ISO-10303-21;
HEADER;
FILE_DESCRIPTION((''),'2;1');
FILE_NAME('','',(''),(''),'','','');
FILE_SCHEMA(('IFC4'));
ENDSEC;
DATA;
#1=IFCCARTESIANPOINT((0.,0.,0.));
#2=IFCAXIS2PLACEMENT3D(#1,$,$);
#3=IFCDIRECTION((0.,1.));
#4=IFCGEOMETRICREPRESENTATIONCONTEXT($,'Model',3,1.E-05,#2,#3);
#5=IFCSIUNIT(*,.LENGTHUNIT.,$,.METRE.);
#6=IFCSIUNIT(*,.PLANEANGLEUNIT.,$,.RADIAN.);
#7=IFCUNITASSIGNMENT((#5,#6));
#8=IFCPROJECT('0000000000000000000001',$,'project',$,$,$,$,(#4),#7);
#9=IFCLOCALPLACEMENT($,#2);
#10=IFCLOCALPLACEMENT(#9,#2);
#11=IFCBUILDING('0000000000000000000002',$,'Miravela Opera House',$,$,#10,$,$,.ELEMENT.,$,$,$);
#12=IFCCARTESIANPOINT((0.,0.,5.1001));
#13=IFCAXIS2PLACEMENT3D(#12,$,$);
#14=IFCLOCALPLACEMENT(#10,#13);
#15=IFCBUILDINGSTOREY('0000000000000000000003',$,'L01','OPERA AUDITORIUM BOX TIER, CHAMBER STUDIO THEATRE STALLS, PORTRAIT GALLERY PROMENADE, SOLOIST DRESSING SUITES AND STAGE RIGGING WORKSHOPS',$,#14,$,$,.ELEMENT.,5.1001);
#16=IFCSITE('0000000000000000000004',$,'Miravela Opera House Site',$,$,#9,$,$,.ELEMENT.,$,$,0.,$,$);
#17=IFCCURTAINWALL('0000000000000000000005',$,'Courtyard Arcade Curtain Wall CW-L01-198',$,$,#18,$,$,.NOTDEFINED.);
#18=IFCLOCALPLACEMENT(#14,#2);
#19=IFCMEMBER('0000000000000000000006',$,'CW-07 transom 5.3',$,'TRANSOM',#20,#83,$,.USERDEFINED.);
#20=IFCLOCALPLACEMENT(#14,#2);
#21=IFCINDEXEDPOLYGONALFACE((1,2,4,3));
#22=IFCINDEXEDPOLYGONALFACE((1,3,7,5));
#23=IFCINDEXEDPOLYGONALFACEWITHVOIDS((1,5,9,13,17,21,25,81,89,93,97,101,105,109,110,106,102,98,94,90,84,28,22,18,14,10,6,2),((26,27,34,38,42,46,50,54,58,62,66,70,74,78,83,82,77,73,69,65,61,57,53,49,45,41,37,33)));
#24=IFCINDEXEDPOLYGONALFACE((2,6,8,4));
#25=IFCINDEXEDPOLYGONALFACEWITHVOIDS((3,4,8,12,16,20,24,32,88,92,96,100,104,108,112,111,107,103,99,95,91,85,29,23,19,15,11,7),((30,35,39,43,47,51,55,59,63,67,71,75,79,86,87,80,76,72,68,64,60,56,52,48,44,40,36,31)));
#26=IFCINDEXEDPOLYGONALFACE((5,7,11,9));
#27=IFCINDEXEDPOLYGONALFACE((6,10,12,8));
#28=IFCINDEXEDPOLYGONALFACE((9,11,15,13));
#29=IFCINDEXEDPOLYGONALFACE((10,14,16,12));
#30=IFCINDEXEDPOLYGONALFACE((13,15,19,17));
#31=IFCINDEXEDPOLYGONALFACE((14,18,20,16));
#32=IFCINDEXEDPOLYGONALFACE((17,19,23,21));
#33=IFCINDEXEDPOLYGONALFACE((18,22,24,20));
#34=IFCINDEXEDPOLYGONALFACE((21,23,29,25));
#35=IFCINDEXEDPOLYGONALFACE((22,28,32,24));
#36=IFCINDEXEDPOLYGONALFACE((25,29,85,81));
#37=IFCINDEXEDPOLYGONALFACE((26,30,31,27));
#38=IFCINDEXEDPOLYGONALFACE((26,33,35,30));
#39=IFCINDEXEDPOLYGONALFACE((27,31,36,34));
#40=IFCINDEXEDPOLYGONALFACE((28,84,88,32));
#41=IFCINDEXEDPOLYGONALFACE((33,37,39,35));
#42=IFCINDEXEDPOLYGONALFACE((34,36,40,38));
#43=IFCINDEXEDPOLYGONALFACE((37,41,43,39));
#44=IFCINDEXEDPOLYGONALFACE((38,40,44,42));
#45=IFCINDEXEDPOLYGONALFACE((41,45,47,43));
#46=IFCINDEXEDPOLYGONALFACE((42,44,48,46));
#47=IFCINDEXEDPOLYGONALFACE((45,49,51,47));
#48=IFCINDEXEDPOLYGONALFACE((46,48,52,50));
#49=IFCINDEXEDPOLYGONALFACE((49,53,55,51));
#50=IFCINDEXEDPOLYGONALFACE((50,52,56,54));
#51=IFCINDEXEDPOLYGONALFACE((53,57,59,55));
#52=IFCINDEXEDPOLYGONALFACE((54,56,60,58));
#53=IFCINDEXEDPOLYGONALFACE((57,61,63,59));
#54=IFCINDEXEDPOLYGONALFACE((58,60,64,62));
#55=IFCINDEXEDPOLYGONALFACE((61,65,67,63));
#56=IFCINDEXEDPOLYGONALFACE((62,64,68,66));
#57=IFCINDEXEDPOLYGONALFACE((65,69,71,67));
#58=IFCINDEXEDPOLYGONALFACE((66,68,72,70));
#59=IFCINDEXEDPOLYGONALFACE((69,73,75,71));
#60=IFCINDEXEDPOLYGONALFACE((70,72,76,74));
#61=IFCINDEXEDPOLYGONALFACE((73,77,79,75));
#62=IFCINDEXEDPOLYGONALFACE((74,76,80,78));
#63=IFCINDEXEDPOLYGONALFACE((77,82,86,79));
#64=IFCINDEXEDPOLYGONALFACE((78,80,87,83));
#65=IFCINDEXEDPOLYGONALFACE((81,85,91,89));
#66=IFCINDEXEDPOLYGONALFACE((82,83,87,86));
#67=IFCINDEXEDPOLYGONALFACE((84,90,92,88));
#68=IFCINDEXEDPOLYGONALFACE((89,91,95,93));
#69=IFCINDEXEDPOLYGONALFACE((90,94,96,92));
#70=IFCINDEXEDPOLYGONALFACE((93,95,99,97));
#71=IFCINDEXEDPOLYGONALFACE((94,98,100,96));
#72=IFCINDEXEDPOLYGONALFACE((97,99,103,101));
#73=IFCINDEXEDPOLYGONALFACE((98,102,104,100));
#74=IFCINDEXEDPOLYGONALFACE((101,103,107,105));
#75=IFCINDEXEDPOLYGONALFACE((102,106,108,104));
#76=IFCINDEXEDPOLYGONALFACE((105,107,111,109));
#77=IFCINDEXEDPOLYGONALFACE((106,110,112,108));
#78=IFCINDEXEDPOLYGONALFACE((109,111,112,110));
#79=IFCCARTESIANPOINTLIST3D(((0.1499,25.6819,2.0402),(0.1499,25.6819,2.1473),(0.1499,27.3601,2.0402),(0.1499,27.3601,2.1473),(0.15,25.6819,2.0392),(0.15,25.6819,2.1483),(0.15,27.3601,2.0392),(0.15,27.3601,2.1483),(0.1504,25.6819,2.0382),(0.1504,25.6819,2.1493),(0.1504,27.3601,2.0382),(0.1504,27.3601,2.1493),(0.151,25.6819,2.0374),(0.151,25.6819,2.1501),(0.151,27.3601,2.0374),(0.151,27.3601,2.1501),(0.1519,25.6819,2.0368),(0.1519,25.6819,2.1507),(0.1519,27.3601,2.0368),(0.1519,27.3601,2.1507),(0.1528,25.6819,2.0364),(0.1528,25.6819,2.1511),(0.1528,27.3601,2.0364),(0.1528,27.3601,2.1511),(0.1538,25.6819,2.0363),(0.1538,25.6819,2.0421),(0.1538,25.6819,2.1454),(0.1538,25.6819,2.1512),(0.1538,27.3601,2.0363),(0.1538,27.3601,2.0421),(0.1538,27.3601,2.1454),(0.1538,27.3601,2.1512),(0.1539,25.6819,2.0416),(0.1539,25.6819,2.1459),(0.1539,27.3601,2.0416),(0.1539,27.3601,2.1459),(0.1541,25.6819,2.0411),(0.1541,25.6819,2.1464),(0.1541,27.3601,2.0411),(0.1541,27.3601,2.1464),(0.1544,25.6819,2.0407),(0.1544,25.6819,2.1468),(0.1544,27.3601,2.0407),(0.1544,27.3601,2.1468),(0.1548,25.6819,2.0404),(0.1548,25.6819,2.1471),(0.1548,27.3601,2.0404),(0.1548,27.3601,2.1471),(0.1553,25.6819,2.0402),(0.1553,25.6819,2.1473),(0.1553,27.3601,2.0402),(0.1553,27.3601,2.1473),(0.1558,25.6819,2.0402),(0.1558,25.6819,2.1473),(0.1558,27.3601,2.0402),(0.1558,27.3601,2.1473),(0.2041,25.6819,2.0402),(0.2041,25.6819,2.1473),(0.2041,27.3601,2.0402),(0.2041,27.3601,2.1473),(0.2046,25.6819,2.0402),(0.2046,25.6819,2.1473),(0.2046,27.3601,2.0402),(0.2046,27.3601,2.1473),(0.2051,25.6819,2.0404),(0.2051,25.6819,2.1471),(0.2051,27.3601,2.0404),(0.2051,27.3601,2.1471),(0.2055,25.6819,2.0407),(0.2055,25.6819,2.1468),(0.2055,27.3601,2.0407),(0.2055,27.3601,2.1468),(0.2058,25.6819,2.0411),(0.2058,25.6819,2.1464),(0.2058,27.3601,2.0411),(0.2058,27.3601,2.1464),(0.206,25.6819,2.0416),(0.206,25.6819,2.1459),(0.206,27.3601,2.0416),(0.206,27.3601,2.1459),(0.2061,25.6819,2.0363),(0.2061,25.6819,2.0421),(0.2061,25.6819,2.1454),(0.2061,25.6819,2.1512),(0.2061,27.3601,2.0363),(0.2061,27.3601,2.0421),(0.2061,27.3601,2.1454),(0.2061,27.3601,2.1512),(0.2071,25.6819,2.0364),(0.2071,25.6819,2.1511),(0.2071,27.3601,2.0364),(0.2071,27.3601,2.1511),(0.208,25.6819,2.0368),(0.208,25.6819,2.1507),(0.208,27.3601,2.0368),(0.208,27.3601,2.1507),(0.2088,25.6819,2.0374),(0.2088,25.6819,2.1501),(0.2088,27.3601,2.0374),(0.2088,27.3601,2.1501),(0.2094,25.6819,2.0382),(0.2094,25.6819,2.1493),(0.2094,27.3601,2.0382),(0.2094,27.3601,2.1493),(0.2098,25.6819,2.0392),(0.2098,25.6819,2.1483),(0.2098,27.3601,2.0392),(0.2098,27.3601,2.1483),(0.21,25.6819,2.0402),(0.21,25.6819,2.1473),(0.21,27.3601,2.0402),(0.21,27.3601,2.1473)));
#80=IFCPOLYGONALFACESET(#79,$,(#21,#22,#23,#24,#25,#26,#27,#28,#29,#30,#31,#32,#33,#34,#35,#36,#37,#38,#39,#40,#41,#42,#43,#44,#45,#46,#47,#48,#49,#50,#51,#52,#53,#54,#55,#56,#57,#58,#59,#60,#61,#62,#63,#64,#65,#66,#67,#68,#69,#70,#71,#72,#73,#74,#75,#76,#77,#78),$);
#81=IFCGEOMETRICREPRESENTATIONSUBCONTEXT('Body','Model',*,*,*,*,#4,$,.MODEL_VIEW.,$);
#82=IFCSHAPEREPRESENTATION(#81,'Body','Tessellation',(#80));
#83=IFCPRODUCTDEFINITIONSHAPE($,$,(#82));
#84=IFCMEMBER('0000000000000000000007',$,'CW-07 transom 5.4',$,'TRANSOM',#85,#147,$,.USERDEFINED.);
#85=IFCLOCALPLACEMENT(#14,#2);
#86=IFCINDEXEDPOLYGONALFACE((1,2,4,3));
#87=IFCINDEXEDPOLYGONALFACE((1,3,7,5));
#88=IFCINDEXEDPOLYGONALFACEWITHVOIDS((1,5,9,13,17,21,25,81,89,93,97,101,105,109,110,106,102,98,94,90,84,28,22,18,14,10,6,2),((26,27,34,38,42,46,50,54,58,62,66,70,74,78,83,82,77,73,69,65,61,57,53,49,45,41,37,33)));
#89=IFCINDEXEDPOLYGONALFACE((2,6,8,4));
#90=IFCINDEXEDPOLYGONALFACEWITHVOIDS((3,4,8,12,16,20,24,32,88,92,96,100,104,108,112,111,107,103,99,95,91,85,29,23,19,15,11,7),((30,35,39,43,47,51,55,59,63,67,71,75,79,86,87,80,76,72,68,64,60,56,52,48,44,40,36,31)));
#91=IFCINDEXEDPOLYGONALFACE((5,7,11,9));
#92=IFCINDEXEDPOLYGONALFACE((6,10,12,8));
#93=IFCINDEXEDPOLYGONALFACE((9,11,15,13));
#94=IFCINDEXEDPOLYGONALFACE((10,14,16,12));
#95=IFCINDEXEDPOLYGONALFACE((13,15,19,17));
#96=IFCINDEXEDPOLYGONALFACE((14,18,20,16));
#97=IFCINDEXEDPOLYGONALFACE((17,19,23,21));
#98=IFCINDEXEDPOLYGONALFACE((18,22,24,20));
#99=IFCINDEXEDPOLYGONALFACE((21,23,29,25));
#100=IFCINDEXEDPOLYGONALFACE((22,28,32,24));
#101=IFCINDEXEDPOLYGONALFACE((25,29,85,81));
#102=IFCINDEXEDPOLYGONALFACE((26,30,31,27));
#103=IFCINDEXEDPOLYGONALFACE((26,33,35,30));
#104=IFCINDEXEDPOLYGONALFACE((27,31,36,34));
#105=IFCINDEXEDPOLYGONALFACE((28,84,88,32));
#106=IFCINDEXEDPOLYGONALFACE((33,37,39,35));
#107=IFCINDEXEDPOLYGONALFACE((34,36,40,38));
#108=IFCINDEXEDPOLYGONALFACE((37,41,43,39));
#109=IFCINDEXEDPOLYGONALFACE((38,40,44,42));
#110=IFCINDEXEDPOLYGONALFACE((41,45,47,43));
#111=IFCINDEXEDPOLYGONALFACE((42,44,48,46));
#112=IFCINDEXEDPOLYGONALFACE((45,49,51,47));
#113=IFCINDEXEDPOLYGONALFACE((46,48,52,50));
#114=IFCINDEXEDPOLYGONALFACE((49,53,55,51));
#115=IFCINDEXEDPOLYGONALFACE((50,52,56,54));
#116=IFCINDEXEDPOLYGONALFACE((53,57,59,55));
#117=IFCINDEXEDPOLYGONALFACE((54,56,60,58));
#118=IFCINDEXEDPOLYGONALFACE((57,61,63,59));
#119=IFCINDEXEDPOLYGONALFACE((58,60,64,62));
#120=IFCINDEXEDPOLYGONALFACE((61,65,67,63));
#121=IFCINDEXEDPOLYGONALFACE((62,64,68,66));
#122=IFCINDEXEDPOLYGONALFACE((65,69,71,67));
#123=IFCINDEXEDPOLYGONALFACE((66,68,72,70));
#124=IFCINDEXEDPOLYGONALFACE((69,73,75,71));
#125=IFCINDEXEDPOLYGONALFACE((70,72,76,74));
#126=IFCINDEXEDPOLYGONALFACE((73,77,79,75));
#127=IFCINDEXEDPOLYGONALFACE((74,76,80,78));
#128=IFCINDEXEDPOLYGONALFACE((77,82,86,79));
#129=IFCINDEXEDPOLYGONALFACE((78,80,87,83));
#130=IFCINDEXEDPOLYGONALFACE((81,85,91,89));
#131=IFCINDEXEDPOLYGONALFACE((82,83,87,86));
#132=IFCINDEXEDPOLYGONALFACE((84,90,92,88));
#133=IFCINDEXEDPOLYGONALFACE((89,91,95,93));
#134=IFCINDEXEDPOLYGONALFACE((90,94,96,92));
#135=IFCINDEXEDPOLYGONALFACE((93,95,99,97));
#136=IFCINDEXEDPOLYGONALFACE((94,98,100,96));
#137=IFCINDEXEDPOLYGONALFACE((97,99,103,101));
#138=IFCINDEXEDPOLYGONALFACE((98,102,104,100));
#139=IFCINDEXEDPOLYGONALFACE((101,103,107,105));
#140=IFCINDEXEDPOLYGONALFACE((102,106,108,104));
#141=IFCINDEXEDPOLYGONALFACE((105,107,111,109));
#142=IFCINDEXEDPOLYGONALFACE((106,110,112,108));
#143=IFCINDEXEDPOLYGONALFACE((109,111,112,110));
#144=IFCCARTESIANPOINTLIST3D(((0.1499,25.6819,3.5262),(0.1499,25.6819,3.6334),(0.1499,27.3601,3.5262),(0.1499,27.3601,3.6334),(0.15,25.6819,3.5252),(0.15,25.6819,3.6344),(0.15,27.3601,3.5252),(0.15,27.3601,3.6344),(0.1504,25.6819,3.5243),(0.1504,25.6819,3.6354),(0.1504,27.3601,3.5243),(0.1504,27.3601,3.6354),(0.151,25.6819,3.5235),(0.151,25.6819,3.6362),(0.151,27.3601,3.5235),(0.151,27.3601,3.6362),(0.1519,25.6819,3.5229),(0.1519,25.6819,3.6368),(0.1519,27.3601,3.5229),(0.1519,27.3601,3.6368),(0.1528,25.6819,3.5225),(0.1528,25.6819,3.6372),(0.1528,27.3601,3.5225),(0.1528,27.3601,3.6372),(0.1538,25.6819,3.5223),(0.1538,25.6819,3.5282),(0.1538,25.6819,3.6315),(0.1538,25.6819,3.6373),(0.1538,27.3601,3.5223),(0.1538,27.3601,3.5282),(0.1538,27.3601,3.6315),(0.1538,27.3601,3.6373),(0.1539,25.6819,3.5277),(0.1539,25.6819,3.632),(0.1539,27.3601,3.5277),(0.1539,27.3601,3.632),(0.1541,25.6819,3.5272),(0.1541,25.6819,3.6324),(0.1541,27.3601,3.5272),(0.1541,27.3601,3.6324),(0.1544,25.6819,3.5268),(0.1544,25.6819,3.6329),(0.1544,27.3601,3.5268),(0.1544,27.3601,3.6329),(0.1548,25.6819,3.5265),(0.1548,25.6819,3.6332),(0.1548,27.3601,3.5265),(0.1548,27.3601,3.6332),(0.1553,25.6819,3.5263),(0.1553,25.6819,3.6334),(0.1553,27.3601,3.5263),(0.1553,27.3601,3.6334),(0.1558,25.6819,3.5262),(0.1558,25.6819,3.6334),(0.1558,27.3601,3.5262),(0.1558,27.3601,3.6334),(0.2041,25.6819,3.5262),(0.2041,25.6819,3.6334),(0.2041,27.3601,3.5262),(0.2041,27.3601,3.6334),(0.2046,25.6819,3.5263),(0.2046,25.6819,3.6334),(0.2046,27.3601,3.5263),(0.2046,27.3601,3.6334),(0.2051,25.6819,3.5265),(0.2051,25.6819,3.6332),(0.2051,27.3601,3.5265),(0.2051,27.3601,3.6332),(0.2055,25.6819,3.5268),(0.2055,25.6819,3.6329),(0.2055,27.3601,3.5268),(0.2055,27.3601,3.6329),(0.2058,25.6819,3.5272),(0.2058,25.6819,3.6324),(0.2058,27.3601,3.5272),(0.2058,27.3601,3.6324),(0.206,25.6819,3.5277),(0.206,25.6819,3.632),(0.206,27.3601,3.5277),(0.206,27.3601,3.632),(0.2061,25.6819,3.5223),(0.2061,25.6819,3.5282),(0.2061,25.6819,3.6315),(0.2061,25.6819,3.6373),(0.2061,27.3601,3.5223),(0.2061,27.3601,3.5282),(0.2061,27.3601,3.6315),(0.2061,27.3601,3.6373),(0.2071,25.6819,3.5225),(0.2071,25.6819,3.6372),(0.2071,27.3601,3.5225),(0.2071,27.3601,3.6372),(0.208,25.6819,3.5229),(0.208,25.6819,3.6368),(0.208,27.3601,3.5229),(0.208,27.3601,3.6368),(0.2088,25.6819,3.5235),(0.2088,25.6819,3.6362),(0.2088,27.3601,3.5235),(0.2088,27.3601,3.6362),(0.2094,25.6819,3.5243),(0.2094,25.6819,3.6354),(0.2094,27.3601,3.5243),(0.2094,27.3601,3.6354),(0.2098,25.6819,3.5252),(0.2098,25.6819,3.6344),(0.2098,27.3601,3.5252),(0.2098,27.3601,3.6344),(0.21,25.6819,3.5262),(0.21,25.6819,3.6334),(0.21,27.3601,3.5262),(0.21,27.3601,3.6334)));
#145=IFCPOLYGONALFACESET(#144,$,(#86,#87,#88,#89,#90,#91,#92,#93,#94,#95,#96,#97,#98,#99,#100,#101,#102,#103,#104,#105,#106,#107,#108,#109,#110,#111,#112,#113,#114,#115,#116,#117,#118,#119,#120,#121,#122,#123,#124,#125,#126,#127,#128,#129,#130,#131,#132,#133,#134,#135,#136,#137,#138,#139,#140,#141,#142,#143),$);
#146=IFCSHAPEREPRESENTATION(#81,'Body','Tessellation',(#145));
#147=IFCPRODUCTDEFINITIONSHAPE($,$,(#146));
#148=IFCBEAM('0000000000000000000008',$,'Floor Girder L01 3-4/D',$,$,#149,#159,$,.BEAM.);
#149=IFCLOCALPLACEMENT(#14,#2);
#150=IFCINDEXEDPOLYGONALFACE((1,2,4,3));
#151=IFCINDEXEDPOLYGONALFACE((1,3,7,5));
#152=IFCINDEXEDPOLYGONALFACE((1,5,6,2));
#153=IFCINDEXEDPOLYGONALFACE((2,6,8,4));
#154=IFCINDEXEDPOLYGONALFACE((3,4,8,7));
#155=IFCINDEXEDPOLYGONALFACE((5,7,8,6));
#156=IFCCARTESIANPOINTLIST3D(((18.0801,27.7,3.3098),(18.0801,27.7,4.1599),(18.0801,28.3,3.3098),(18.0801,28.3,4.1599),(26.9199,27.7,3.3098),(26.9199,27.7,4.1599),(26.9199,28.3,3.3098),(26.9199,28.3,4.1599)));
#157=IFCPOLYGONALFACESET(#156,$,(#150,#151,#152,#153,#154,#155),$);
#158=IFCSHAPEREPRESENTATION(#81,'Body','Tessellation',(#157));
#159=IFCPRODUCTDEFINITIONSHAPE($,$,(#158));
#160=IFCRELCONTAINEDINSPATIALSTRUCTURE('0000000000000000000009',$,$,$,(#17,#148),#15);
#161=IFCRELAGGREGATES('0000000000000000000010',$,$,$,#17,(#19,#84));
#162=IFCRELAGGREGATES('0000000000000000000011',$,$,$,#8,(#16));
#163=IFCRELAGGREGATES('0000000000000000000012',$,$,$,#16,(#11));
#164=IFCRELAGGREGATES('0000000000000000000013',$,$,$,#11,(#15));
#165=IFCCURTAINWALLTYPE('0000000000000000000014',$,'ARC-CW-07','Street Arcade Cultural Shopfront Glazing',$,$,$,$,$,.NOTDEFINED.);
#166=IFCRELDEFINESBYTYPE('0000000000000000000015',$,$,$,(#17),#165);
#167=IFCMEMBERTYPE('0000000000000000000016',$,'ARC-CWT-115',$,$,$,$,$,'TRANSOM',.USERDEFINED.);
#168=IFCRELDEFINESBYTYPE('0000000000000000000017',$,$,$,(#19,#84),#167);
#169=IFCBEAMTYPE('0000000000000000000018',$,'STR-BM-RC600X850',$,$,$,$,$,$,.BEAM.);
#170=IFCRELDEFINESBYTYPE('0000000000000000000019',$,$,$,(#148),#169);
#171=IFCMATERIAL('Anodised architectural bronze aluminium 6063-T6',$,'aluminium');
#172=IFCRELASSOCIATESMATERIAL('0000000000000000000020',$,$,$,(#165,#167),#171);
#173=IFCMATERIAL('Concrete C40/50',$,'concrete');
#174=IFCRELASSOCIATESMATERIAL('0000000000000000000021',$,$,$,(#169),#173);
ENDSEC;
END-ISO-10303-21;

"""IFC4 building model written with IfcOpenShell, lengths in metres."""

from ifc_helpers import new_model, si_unit, direction, frame, origin, origin_2d, place, context, subcontext, project, spatial, rectangle, hollow_rectangle, extrude, material, material_profile, profile_set, type_object, element, aggregate, save


model = new_model("IFC4")

# Units and contexts
model_context = context("Model", 3, precision=1e-05, world=origin(), true_north=direction((0.0, 1.0)))
body_context = subcontext(model_context, "Body", "Model", "MODEL_VIEW")
ifc_project = project(units=[si_unit("LENGTHUNIT", "METRE"), si_unit("PLANEANGLEUNIT", "RADIAN")], contexts=[model_context])

# Site, building, storey
site_placement = place(None, origin())
site = spatial("IfcSite", under=ifc_project, at=site_placement, Name="Miravela Opera House Site", CompositionType="ELEMENT", RefElevation=0.0)
building_placement = place(site_placement, origin())
building = spatial("IfcBuilding", under=site, at=building_placement, Name="Miravela Opera House", CompositionType="ELEMENT")
storey_placement = place(building_placement, frame((0.0, 0.0, 5.1001)))
storey = spatial("IfcBuildingStorey", under=building, at=storey_placement, Name="L01", Description="OPERA AUDITORIUM BOX TIER, CHAMBER STUDIO THEATRE STALLS, PORTRAIT GALLERY PROMENADE, SOLOIST DRESSING SUITES AND STAGE RIGGING WORKSHOPS", CompositionType="ELEMENT", Elevation=5.1001)

# Shared definitions
ifc_material_1 = material(Name="Concrete C40/50", Category="concrete")

# Shared definitions
ifc_material_2 = material(Name="Anodised architectural bronze aluminium 6063-T6", Category="aluminium")

# Curtain wall, members
curtain_wall_type_1 = type_object("IfcCurtainWallType", Name="ARC-CW-07", Description="Street Arcade Cultural Shopfront Glazing", PredefinedType="NOTDEFINED", material=ifc_material_2)
curtain_wall_1_placement = place(storey_placement, origin())
curtain_wall_1 = element("IfcCurtainWall", 1, at=curtain_wall_1_placement, inside=storey, type_object=curtain_wall_type_1, Name="Courtyard Arcade Curtain Wall CW-L01-198", PredefinedType="NOTDEFINED")
ifc_material_profile_1 = material_profile(ifc_material_2, hollow_rectangle(XDim=0.0601, YDim=0.115, WallThickness=0.0039, InnerFilletRadius=0.002, OuterFilletRadius=0.0039, at=origin_2d()), Name="CWT-60X115")
ifc_profile_set_1 = profile_set([ifc_material_profile_1])
member_type_1 = type_object("IfcMemberType", Name="ARC-CWT-115", ElementType="TRANSOM", PredefinedType="USERDEFINED", material=ifc_profile_set_1)
member_1_placement = place(storey_placement, frame((0.1799, 25.6819, 2.0938), z_axis=(0.0, 1.0, 0.0), x_axis=(-1.0, 0.0, 0.0)))
member_1 = element("IfcMember", 2, at=member_1_placement, type_object=member_type_1, Name="CW-07 transom 5.3", ObjectType="TRANSOM", PredefinedType="USERDEFINED", context=body_context, shape_type="SweptSolid", body=[
    extrude(hollow_rectangle(XDim=0.0601, YDim=0.115, WallThickness=0.0039, InnerFilletRadius=0.002, OuterFilletRadius=0.0039, at=origin_2d()), origin(), (0.0, 0.0, 1.0), 1.6782),
])
member_2_placement = place(storey_placement, frame((0.1799, 25.6819, 3.5798), z_axis=(0.0, 1.0, 0.0), x_axis=(-1.0, 0.0, 0.0)))
member_2 = element("IfcMember", 3, at=member_2_placement, type_object=member_type_1, Name="CW-07 transom 5.4", ObjectType="TRANSOM", PredefinedType="USERDEFINED", context=body_context, shape_type="SweptSolid", body=[
    extrude(hollow_rectangle(XDim=0.0601, YDim=0.115, WallThickness=0.0039, InnerFilletRadius=0.002, OuterFilletRadius=0.0039, at=origin_2d()), origin(), (0.0, 0.0, 1.0), 1.6782),
])

# Beam
ifc_material_profile_2 = material_profile(ifc_material_1, rectangle(XDim=0.6001, YDim=0.8501, at=origin_2d()), Name="RC-BM-600X850")
ifc_profile_set_2 = profile_set([ifc_material_profile_2])
beam_type_1 = type_object("IfcBeamType", Name="STR-BM-RC600X850", PredefinedType="BEAM", material=ifc_profile_set_2)
beam_placement = place(storey_placement, frame((18.0801, 28.0, 3.7349), z_axis=(1.0, 0.0, 0.0), x_axis=(0.0, 1.0, 0.0)))
element("IfcBeam", 4, at=beam_placement, inside=storey, type_object=beam_type_1, Name="Floor Girder L01 3-4/D", PredefinedType="BEAM", context=body_context, shape_type="SweptSolid", body=[
    extrude(rectangle(XDim=0.6001, YDim=0.8501, at=origin_2d()), origin(), (0.0, 0.0, 1.0), 8.8398),
])

aggregate(curtain_wall_1, [member_1, member_2])

save(model, "model.ifc")
